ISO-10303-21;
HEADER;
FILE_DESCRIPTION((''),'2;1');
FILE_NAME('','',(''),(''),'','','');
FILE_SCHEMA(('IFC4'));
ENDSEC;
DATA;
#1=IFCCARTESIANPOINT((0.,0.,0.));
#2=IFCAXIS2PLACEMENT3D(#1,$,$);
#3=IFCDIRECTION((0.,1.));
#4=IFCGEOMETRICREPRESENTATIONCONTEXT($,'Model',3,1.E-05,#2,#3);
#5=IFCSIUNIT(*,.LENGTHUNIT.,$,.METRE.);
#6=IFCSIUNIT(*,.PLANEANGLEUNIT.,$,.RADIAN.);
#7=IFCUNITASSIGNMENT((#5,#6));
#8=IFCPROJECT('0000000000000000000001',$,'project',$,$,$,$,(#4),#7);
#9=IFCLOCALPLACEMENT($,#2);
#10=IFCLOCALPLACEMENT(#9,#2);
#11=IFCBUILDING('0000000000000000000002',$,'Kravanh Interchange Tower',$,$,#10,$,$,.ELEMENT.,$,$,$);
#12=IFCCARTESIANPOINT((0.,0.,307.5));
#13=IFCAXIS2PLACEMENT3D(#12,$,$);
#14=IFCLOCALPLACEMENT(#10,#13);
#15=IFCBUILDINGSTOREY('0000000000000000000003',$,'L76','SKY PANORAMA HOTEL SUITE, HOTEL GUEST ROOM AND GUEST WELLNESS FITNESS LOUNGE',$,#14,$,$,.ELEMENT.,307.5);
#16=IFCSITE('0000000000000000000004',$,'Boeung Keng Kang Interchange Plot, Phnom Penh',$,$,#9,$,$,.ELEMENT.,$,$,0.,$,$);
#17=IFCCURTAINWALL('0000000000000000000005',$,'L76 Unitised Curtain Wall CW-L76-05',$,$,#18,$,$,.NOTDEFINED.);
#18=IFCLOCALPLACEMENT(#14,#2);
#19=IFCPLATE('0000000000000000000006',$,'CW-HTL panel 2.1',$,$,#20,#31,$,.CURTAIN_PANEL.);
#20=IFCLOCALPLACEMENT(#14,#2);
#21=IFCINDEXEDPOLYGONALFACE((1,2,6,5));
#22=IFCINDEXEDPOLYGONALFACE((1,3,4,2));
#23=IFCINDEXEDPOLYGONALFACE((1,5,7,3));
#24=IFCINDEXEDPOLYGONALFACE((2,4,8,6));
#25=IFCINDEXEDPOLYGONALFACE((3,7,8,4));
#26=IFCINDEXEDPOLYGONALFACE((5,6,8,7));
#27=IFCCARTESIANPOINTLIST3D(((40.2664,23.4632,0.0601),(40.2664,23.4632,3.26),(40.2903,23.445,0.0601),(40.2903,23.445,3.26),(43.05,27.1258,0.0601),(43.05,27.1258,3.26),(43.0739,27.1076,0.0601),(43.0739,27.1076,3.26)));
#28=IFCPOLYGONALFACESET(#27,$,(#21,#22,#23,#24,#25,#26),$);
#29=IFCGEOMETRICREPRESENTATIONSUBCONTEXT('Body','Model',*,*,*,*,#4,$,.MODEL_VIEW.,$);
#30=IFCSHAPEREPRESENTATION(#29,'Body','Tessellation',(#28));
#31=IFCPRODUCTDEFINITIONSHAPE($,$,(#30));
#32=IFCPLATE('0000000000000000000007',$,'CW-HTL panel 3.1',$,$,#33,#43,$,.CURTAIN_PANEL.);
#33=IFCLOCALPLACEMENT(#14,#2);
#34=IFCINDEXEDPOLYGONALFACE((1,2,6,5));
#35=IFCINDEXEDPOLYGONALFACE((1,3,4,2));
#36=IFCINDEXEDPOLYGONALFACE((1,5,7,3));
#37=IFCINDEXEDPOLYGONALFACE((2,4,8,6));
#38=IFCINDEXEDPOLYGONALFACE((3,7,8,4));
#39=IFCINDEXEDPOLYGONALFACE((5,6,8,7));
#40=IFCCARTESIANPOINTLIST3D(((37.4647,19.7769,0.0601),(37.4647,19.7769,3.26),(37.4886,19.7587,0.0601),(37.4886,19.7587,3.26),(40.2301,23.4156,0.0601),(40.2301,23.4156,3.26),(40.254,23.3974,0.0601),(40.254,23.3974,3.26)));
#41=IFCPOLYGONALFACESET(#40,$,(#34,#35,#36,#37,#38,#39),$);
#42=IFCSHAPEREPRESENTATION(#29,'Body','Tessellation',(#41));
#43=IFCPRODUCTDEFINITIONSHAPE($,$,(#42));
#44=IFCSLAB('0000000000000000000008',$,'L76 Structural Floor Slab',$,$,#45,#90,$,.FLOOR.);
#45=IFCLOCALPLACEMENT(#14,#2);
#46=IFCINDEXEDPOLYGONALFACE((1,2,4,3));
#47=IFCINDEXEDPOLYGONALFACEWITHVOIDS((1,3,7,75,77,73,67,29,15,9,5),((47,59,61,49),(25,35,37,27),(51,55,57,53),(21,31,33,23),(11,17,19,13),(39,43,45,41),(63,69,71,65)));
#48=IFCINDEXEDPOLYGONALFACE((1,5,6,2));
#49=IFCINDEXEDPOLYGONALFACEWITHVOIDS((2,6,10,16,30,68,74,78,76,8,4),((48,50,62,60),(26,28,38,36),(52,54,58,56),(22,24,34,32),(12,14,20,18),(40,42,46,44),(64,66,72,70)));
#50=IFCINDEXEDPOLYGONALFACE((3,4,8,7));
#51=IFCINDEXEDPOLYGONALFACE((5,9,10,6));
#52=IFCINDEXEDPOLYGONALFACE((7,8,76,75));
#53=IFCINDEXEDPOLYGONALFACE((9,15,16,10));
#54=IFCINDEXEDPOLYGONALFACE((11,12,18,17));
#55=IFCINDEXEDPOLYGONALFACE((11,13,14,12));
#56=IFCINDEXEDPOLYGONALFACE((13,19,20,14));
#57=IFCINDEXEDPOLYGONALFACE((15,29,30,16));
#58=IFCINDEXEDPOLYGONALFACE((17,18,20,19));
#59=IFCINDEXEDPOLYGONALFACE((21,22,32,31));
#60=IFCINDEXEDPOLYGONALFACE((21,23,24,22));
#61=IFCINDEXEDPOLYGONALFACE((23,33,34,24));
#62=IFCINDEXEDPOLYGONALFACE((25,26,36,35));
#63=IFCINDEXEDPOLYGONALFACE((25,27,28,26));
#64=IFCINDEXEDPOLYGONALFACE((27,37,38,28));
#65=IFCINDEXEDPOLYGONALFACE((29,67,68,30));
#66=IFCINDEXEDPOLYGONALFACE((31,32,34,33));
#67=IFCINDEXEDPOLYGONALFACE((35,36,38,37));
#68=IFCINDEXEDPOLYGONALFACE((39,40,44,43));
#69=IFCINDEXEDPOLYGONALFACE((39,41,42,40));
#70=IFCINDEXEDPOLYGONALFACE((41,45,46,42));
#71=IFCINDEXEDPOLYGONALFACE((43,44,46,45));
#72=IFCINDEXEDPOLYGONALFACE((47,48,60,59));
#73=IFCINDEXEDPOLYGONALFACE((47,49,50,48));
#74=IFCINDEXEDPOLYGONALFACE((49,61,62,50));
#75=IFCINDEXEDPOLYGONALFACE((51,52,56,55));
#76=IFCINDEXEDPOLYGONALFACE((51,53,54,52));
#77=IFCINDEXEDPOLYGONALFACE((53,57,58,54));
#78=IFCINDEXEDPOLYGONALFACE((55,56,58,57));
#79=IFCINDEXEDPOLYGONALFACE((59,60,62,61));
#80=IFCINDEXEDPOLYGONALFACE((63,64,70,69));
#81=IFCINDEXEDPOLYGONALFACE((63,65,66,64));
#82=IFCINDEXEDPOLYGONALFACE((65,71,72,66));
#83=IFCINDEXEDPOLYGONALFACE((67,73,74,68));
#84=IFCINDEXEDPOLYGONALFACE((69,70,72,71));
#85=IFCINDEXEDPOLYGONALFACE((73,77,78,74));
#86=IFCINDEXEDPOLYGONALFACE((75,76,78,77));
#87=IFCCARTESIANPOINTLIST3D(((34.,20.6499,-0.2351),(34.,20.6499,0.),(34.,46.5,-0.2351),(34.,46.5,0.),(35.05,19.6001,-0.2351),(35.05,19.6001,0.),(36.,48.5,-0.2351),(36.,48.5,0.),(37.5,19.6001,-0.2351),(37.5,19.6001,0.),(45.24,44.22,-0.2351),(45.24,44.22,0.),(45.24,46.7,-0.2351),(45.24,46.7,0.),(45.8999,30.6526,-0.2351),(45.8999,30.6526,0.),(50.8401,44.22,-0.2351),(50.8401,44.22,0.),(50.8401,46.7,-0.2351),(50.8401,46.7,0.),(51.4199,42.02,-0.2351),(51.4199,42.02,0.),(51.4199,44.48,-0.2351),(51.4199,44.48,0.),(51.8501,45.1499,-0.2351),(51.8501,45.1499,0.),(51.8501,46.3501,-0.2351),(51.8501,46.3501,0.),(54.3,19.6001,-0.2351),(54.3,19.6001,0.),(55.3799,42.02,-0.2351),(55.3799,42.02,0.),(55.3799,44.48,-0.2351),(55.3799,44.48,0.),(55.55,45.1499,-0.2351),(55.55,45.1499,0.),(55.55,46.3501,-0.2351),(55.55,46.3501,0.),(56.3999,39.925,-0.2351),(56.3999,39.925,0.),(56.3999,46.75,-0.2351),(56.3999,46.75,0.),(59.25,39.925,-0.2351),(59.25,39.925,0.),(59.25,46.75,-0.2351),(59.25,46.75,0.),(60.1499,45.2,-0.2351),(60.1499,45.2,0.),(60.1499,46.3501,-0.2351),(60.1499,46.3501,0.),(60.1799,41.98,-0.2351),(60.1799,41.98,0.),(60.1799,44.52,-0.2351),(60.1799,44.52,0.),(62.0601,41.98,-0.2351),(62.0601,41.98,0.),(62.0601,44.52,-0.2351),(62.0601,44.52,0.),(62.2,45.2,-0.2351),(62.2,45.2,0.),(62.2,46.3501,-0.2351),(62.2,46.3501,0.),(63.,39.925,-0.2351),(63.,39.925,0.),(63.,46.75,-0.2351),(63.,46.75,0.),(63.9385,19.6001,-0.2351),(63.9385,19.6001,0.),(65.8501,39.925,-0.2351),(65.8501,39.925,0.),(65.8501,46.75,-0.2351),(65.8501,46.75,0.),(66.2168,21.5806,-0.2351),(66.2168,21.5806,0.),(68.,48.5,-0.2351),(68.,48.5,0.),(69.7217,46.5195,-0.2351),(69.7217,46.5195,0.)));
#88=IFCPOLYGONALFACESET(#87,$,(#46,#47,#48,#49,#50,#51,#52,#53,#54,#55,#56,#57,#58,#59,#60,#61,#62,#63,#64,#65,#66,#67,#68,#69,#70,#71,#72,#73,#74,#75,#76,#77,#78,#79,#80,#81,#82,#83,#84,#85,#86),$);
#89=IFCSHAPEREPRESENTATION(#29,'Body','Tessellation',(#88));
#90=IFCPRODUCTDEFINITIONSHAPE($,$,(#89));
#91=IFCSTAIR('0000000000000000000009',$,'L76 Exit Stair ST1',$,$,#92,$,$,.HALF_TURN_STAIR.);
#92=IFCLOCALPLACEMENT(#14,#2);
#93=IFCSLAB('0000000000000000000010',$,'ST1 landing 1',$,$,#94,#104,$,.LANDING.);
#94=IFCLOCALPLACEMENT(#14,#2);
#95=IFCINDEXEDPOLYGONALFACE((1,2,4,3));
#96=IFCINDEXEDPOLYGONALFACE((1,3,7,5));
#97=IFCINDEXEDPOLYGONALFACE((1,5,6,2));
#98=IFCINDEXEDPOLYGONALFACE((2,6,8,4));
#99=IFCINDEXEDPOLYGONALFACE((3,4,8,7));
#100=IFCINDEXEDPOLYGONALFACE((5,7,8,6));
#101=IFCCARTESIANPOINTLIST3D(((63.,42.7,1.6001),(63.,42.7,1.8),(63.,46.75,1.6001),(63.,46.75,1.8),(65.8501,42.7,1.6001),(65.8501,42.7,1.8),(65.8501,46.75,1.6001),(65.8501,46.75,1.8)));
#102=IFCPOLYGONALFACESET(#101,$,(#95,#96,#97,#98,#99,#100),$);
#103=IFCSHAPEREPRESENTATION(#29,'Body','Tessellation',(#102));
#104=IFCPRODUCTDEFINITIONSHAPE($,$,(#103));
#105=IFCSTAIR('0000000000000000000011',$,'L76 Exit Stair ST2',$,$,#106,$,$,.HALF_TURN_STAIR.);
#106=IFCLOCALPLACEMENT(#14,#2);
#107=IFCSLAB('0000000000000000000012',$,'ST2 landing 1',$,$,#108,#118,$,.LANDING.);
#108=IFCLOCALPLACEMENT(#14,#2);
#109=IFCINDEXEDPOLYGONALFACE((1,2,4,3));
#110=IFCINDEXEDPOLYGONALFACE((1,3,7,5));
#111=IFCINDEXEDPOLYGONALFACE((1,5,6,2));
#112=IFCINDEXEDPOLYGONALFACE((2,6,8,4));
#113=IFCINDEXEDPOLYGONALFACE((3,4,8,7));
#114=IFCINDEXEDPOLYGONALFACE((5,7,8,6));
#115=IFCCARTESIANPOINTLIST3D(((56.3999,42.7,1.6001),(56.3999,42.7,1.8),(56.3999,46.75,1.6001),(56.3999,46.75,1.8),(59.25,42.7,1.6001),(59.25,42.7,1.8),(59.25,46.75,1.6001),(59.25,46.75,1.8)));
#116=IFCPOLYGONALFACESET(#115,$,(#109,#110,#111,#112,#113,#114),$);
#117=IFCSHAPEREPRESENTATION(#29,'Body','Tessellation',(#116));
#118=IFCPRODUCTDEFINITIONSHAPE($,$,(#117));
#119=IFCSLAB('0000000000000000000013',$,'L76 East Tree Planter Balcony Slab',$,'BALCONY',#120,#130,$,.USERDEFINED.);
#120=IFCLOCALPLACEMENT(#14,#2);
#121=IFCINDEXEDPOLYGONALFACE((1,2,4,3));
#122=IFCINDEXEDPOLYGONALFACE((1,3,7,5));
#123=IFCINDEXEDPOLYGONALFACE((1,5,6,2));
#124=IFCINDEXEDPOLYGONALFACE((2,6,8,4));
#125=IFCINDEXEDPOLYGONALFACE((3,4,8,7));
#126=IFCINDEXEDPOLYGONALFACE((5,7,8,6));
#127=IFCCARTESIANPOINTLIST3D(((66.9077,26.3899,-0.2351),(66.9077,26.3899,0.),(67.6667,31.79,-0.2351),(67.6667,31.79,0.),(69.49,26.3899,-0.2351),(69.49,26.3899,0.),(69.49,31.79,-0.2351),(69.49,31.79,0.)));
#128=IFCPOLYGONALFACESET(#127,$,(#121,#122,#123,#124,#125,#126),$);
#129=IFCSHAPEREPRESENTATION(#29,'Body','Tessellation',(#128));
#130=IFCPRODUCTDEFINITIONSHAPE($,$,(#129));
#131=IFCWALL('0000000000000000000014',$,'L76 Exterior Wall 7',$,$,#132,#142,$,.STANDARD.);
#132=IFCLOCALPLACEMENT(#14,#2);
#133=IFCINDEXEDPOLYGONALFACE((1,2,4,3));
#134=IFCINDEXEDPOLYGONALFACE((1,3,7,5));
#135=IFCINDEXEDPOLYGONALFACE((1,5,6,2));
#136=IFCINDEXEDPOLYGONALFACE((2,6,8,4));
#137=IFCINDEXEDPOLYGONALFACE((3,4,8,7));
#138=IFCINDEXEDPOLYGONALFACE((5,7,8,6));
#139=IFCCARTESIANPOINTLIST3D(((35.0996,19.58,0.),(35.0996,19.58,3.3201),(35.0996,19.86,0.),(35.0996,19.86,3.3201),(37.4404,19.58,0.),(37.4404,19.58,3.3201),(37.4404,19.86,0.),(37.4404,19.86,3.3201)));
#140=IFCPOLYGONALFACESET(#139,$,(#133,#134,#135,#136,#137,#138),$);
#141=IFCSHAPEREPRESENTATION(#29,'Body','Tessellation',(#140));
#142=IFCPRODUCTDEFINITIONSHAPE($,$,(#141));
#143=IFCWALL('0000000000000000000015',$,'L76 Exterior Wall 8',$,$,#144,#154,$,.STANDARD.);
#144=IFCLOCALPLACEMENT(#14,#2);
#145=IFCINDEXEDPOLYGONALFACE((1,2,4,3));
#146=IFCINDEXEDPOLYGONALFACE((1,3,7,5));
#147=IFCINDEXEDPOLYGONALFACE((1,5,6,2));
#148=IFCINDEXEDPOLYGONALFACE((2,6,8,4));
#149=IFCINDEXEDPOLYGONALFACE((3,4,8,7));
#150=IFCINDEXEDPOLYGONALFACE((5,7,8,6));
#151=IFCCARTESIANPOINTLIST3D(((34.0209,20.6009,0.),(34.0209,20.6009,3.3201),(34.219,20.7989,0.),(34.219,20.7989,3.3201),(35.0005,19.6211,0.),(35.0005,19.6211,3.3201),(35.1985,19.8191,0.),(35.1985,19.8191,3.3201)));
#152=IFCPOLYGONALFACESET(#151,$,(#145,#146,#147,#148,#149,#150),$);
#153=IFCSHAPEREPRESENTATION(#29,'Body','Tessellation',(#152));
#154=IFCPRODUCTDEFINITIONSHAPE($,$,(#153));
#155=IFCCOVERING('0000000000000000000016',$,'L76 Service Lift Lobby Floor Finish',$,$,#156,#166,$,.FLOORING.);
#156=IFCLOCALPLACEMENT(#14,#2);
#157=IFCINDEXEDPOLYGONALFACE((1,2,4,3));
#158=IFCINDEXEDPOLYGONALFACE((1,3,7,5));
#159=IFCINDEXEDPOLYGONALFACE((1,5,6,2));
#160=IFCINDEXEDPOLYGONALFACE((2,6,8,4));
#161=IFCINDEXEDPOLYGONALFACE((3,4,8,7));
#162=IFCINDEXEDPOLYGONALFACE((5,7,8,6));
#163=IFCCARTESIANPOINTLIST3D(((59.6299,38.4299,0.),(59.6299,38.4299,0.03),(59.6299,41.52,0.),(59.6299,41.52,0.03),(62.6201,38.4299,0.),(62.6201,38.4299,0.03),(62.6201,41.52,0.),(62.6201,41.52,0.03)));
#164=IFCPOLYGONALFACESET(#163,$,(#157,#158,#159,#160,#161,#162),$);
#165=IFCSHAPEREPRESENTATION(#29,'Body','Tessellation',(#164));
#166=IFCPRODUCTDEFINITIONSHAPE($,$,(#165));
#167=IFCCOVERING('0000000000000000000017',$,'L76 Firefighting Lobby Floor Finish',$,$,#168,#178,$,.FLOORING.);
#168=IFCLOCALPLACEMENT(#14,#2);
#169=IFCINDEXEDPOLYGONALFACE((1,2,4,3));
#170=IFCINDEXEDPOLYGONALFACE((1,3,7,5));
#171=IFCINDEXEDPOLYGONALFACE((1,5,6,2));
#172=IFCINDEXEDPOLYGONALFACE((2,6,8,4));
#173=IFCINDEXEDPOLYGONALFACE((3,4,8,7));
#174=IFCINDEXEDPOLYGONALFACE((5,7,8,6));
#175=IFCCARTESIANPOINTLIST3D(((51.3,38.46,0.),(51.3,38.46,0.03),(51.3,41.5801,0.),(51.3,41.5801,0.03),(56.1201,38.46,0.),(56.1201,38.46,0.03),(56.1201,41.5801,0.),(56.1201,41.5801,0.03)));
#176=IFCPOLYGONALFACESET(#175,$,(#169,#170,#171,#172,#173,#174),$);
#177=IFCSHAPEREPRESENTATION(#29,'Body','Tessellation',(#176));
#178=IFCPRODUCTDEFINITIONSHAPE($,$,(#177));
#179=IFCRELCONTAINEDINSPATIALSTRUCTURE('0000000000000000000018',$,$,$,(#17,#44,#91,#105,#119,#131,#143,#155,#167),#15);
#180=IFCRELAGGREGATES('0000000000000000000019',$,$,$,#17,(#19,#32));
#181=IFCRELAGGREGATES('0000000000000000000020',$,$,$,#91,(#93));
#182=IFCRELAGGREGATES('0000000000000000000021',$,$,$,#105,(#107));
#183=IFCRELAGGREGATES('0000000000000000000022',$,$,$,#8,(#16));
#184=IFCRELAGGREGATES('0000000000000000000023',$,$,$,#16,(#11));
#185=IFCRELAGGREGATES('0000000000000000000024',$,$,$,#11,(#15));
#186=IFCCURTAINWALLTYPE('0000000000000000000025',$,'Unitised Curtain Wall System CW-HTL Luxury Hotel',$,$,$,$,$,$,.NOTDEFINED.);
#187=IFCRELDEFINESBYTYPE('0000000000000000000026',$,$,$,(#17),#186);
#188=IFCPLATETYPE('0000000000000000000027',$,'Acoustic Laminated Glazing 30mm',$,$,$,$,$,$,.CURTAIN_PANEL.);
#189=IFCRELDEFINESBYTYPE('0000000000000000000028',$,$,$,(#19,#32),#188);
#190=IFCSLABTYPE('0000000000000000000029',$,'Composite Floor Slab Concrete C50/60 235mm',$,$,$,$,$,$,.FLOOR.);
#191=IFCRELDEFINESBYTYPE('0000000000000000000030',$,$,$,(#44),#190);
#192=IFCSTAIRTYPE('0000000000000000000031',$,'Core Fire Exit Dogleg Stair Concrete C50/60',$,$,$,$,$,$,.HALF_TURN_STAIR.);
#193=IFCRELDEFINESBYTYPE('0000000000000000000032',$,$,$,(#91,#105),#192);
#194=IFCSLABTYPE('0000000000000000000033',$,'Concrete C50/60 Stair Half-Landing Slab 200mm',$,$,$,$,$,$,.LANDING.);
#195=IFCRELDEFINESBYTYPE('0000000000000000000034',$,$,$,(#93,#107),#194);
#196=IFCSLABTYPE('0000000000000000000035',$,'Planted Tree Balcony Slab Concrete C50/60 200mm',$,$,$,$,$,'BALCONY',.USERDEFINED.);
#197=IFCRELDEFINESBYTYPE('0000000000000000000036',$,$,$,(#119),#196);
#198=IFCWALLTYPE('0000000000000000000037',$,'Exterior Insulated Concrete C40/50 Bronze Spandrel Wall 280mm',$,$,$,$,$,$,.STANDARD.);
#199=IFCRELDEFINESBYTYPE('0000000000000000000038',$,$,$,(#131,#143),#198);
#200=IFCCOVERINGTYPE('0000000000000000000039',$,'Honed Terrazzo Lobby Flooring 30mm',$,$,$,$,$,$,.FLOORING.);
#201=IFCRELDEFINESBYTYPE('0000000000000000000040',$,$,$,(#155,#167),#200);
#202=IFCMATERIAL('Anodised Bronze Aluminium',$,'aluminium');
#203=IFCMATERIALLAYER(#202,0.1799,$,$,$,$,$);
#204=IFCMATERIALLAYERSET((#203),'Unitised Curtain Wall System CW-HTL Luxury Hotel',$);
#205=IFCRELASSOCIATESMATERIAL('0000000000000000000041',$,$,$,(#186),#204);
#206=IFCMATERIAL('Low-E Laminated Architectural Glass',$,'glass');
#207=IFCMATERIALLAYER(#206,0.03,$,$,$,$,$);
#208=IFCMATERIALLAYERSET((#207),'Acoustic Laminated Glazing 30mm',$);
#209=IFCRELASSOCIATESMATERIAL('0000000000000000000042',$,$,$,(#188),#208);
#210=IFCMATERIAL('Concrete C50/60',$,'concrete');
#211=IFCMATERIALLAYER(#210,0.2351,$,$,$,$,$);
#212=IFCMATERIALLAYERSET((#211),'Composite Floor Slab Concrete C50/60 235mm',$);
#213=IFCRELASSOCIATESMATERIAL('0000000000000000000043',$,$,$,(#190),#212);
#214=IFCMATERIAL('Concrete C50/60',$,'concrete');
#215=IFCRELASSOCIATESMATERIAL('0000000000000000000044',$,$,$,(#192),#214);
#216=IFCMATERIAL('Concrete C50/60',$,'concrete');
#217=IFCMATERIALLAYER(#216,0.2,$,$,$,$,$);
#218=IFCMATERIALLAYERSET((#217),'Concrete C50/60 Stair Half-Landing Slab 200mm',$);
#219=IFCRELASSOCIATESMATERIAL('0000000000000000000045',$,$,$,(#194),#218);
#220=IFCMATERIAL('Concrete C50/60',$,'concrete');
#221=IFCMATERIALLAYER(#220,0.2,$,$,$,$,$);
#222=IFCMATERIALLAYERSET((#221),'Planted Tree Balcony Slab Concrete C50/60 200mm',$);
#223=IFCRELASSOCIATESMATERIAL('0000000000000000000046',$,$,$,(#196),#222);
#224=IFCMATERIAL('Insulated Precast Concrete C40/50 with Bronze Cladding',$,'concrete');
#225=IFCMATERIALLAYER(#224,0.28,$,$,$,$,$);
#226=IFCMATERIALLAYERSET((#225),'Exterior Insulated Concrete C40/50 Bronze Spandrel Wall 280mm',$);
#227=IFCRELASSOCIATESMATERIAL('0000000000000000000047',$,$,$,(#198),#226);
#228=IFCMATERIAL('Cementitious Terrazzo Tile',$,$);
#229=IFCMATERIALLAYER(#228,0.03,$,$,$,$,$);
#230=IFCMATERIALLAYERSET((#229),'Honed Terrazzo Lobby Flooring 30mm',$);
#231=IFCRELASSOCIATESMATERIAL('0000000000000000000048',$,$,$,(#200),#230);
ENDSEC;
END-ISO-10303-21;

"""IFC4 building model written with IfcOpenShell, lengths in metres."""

from ifc_helpers import new_model, si_unit, direction, frame, frame_2d, origin, origin_2d, place, context, subcontext, project, spatial, polyline, rectangle, outline, extrude, material, layer, layer_set, type_object, element, aggregate, save


model = new_model("IFC4")

# Units and contexts
model_context = context("Model", 3, precision=1e-05, world=origin(), true_north=direction((0.0, 1.0)))
body_context = subcontext(model_context, "Body", "Model", "MODEL_VIEW")
ifc_project = project(units=[si_unit("LENGTHUNIT", "METRE"), si_unit("PLANEANGLEUNIT", "RADIAN")], contexts=[model_context])

# Site, building, storey
site_placement = place(None, origin())
site = spatial("IfcSite", under=ifc_project, at=site_placement, Name="Boeung Keng Kang Interchange Plot, Phnom Penh", CompositionType="ELEMENT", RefElevation=0.0)
building_placement = place(site_placement, origin())
building = spatial("IfcBuilding", under=site, at=building_placement, Name="Kravanh Interchange Tower", CompositionType="ELEMENT")
storey_placement = place(building_placement, frame((0.0, 0.0, 307.5)))
storey = spatial("IfcBuildingStorey", under=building, at=storey_placement, Name="L76", Description="SKY PANORAMA HOTEL SUITE, HOTEL GUEST ROOM AND GUEST WELLNESS FITNESS LOUNGE", CompositionType="ELEMENT", Elevation=307.5)

# Curtain wall
ifc_material_1 = material(Name="Anodised Bronze Aluminium", Category="aluminium")
ifc_layer_1 = layer(ifc_material_1, 0.1799)
ifc_layer_set_1 = layer_set([ifc_layer_1], Name="Unitised Curtain Wall System CW-HTL Luxury Hotel")
curtain_wall_type = type_object("IfcCurtainWallType", Name="Unitised Curtain Wall System CW-HTL Luxury Hotel", PredefinedType="NOTDEFINED", material=ifc_layer_set_1)
curtain_wall_1_placement = place(storey_placement, origin())
curtain_wall_1 = element("IfcCurtainWall", 1, at=curtain_wall_1_placement, inside=storey, type_object=curtain_wall_type, Name="L76 Unitised Curtain Wall CW-L76-05", PredefinedType="NOTDEFINED")

# Plates
ifc_material_2 = material(Name="Low-E Laminated Architectural Glass", Category="glass")
ifc_layer_2 = layer(ifc_material_2, 0.03)
ifc_layer_set_2 = layer_set([ifc_layer_2], Name="Acoustic Laminated Glazing 30mm")
plate_type = type_object("IfcPlateType", Name="Acoustic Laminated Glazing 30mm", PredefinedType="CURTAIN_PANEL", material=ifc_layer_set_2)
plate_1_placement = place(storey_placement, frame((41.6702, 25.2854, 0.0601), z_axis=(0.0, 0.0, 1.0), x_axis=(-0.605084, -0.796162, 0.0)))
plate_1 = element("IfcPlate", 2, at=plate_1_placement, type_object=plate_type, Name="CW-HTL panel 2.1", PredefinedType="CURTAIN_PANEL", context=body_context, shape_type="SweptSolid", body=[
    extrude(rectangle(XDim=4.6003, YDim=0.03, at=origin_2d()), origin(), (0.0, 0.0, 1.0), 3.2),
])
plate_2_placement = place(storey_placement, frame((38.8594, 21.5872, 0.0601), z_axis=(0.0, 0.0, 1.0), x_axis=(-0.605084, -0.796162, 0.0)))
plate_2 = element("IfcPlate", 3, at=plate_2_placement, type_object=plate_type, Name="CW-HTL panel 3.1", PredefinedType="CURTAIN_PANEL", context=body_context, shape_type="SweptSolid", body=[
    extrude(rectangle(XDim=4.5703, YDim=0.03, at=origin_2d()), origin(), (0.0, 0.0, 1.0), 3.2),
])
aggregate(curtain_wall_1, [plate_1, plate_2])

# Slab
ifc_material_3 = material(Name="Concrete C50/60", Category="concrete")
ifc_layer_3 = layer(ifc_material_3, 0.2351)
ifc_layer_set_3 = layer_set([ifc_layer_3], Name="Composite Floor Slab Concrete C50/60 235mm")
slab_type_1 = type_object("IfcSlabType", Name="Composite Floor Slab Concrete C50/60 235mm", PredefinedType="FLOOR", material=ifc_layer_set_3)
slab_1_placement = place(storey_placement, frame((0.0, 0.0, -0.2351)))
element("IfcSlab", 4, at=slab_1_placement, inside=storey, type_object=slab_type_1, Name="L76 Structural Floor Slab", PredefinedType="FLOOR", context=body_context, shape_type="SweptSolid", body=[
    extrude(outline(polyline([(34.0, 20.6499), (35.05, 19.6001), (37.5, 19.6001), (45.8999, 30.6526), (54.3, 19.6001), (63.9385, 19.6001), (66.2168, 21.5806), (69.7217, 46.5195), (68.0, 48.5), (36.0, 48.5), (34.0, 46.5), (34.0, 20.6499)]), holes=[polyline([(65.8501, 39.925), (65.8501, 46.75), (63.0, 46.75), (63.0, 39.925), (65.8501, 39.925)]), polyline([(59.25, 39.925), (59.25, 46.75), (56.3999, 46.75), (56.3999, 39.925), (59.25, 39.925)]), polyline([(45.24, 44.22), (50.8401, 44.22), (50.8401, 46.7), (45.24, 46.7), (45.24, 44.22)]), polyline([(51.4199, 42.02), (55.3799, 42.02), (55.3799, 44.48), (51.4199, 44.48), (51.4199, 42.02)]), polyline([(60.1799, 41.98), (62.0601, 41.98), (62.0601, 44.52), (60.1799, 44.52), (60.1799, 41.98)]), polyline([(60.1499, 45.2), (62.2, 45.2), (62.2, 46.3501), (60.1499, 46.3501), (60.1499, 45.2)]), polyline([(51.8501, 45.1499), (55.55, 45.1499), (55.55, 46.3501), (51.8501, 46.3501), (51.8501, 45.1499)])]), origin(), (0.0, 0.0, 1.0), 0.2351),
])

# Stairs, slabs
ifc_material_4 = material(Name="Concrete C50/60", Category="concrete")
stair_type = type_object("IfcStairType", Name="Core Fire Exit Dogleg Stair Concrete C50/60", PredefinedType="HALF_TURN_STAIR", material=ifc_material_4)
stair_1_placement = place(storey_placement, origin())
stair_1 = element("IfcStair", 5, at=stair_1_placement, inside=storey, type_object=stair_type, Name="L76 Exit Stair ST1", PredefinedType="HALF_TURN_STAIR")
ifc_material_5 = material(Name="Concrete C50/60", Category="concrete")
ifc_layer_4 = layer(ifc_material_5, 0.2)
ifc_layer_set_4 = layer_set([ifc_layer_4], Name="Concrete C50/60 Stair Half-Landing Slab 200mm")
slab_type_2 = type_object("IfcSlabType", Name="Concrete C50/60 Stair Half-Landing Slab 200mm", PredefinedType="LANDING", material=ifc_layer_set_4)
slab_2_placement = place(storey_placement, frame((0.0, 0.0, 1.6001)))
slab_2 = element("IfcSlab", 6, at=slab_2_placement, type_object=slab_type_2, Name="ST1 landing 1", PredefinedType="LANDING", context=body_context, shape_type="SweptSolid", body=[
    extrude(outline(polyline([(65.8501, 42.7), (65.8501, 46.75), (63.0, 46.75), (63.0, 42.7), (65.8501, 42.7)])), origin(), (0.0, 0.0, 1.0), 0.2),
])
aggregate(stair_1, [slab_2])
stair_2_placement = place(storey_placement, origin())
stair_2 = element("IfcStair", 7, at=stair_2_placement, inside=storey, type_object=stair_type, Name="L76 Exit Stair ST2", PredefinedType="HALF_TURN_STAIR")
slab_3_placement = place(storey_placement, frame((0.0, 0.0, 1.6001)))
slab_3 = element("IfcSlab", 8, at=slab_3_placement, type_object=slab_type_2, Name="ST2 landing 1", PredefinedType="LANDING", context=body_context, shape_type="SweptSolid", body=[
    extrude(outline(polyline([(59.25, 42.7), (59.25, 46.75), (56.3999, 46.75), (56.3999, 42.7), (59.25, 42.7)])), origin(), (0.0, 0.0, 1.0), 0.2),
])
aggregate(stair_2, [slab_3])

# Slab
ifc_material_6 = material(Name="Concrete C50/60", Category="concrete")
ifc_layer_5 = layer(ifc_material_6, 0.2)
ifc_layer_set_5 = layer_set([ifc_layer_5], Name="Planted Tree Balcony Slab Concrete C50/60 200mm")
slab_type_3 = type_object("IfcSlabType", Name="Planted Tree Balcony Slab Concrete C50/60 200mm", ElementType="BALCONY", PredefinedType="USERDEFINED", material=ifc_layer_set_5)
slab_4_placement = place(storey_placement, frame((0.0, 0.0, -0.2351)))
element("IfcSlab", 9, at=slab_4_placement, inside=storey, type_object=slab_type_3, Name="L76 East Tree Planter Balcony Slab", ObjectType="BALCONY", PredefinedType="USERDEFINED", context=body_context, shape_type="SweptSolid", body=[
    extrude(outline(polyline([(69.49, 31.79), (69.49, 26.3899), (66.9077, 26.3899), (67.6667, 31.79), (69.49, 31.79)])), origin(), (0.0, 0.0, 1.0), 0.2351),
])

# Walls
ifc_material_7 = material(Name="Insulated Precast Concrete C40/50 with Bronze Cladding", Category="concrete")
ifc_layer_6 = layer(ifc_material_7, 0.28)
ifc_layer_set_6 = layer_set([ifc_layer_6], Name="Exterior Insulated Concrete C40/50 Bronze Spandrel Wall 280mm")
wall_type = type_object("IfcWallType", Name="Exterior Insulated Concrete C40/50 Bronze Spandrel Wall 280mm", PredefinedType="STANDARD", material=ifc_layer_set_6)
wall_1_placement = place(storey_placement, frame((37.4404, 19.72, 0.0), z_axis=(0.0, 0.0, 1.0), x_axis=(-1.0, 0.0, 0.0)))
element("IfcWall", 10, at=wall_1_placement, inside=storey, type_object=wall_type, Name="L76 Exterior Wall 7", PredefinedType="STANDARD", context=body_context, shape_type="SweptSolid", body=[
    extrude(rectangle(XDim=2.3408, YDim=0.28, at=frame_2d((1.1704, 0.0))), origin(), (0.0, 0.0, 1.0), 3.3201),
])
wall_2_placement = place(storey_placement, frame((35.0996, 19.72, 0.0), z_axis=(0.0, 0.0, 1.0), x_axis=(-0.707019, 0.707195, 0.0)))
element("IfcWall", 11, at=wall_2_placement, inside=storey, type_object=wall_type, Name="L76 Exterior Wall 8", PredefinedType="STANDARD", context=body_context, shape_type="SweptSolid", body=[
    extrude(rectangle(XDim=1.3855, YDim=0.28, at=frame_2d((0.6929, 0.0))), origin(), (0.0, 0.0, 1.0), 3.3201),
])

# Coverings
ifc_material_8 = material(Name="Cementitious Terrazzo Tile")
ifc_layer_7 = layer(ifc_material_8, 0.03)
ifc_layer_set_7 = layer_set([ifc_layer_7], Name="Honed Terrazzo Lobby Flooring 30mm")
covering_type_1 = type_object("IfcCoveringType", Name="Honed Terrazzo Lobby Flooring 30mm", PredefinedType="FLOORING", material=ifc_layer_set_7)
covering_1_placement = place(storey_placement, origin())
element("IfcCovering", 12, at=covering_1_placement, inside=storey, type_object=covering_type_1, Name="L76 Service Lift Lobby Floor Finish", PredefinedType="FLOORING", context=body_context, shape_type="SweptSolid", body=[
    extrude(outline(polyline([(59.6299, 41.52), (62.6201, 41.52), (62.6201, 38.4299), (59.6299, 38.4299), (59.6299, 41.52)])), origin(), (0.0, 0.0, 1.0), 0.03),
])
covering_2_placement = place(storey_placement, origin())
element("IfcCovering", 13, at=covering_2_placement, inside=storey, type_object=covering_type_1, Name="L76 Firefighting Lobby Floor Finish", PredefinedType="FLOORING", context=body_context, shape_type="SweptSolid", body=[
    extrude(outline(polyline([(56.1201, 38.46), (51.3, 38.46), (51.3, 41.5801), (56.1201, 41.5801), (56.1201, 38.46)])), origin(), (0.0, 0.0, 1.0), 0.03),
])

save(model, "model.ifc")
